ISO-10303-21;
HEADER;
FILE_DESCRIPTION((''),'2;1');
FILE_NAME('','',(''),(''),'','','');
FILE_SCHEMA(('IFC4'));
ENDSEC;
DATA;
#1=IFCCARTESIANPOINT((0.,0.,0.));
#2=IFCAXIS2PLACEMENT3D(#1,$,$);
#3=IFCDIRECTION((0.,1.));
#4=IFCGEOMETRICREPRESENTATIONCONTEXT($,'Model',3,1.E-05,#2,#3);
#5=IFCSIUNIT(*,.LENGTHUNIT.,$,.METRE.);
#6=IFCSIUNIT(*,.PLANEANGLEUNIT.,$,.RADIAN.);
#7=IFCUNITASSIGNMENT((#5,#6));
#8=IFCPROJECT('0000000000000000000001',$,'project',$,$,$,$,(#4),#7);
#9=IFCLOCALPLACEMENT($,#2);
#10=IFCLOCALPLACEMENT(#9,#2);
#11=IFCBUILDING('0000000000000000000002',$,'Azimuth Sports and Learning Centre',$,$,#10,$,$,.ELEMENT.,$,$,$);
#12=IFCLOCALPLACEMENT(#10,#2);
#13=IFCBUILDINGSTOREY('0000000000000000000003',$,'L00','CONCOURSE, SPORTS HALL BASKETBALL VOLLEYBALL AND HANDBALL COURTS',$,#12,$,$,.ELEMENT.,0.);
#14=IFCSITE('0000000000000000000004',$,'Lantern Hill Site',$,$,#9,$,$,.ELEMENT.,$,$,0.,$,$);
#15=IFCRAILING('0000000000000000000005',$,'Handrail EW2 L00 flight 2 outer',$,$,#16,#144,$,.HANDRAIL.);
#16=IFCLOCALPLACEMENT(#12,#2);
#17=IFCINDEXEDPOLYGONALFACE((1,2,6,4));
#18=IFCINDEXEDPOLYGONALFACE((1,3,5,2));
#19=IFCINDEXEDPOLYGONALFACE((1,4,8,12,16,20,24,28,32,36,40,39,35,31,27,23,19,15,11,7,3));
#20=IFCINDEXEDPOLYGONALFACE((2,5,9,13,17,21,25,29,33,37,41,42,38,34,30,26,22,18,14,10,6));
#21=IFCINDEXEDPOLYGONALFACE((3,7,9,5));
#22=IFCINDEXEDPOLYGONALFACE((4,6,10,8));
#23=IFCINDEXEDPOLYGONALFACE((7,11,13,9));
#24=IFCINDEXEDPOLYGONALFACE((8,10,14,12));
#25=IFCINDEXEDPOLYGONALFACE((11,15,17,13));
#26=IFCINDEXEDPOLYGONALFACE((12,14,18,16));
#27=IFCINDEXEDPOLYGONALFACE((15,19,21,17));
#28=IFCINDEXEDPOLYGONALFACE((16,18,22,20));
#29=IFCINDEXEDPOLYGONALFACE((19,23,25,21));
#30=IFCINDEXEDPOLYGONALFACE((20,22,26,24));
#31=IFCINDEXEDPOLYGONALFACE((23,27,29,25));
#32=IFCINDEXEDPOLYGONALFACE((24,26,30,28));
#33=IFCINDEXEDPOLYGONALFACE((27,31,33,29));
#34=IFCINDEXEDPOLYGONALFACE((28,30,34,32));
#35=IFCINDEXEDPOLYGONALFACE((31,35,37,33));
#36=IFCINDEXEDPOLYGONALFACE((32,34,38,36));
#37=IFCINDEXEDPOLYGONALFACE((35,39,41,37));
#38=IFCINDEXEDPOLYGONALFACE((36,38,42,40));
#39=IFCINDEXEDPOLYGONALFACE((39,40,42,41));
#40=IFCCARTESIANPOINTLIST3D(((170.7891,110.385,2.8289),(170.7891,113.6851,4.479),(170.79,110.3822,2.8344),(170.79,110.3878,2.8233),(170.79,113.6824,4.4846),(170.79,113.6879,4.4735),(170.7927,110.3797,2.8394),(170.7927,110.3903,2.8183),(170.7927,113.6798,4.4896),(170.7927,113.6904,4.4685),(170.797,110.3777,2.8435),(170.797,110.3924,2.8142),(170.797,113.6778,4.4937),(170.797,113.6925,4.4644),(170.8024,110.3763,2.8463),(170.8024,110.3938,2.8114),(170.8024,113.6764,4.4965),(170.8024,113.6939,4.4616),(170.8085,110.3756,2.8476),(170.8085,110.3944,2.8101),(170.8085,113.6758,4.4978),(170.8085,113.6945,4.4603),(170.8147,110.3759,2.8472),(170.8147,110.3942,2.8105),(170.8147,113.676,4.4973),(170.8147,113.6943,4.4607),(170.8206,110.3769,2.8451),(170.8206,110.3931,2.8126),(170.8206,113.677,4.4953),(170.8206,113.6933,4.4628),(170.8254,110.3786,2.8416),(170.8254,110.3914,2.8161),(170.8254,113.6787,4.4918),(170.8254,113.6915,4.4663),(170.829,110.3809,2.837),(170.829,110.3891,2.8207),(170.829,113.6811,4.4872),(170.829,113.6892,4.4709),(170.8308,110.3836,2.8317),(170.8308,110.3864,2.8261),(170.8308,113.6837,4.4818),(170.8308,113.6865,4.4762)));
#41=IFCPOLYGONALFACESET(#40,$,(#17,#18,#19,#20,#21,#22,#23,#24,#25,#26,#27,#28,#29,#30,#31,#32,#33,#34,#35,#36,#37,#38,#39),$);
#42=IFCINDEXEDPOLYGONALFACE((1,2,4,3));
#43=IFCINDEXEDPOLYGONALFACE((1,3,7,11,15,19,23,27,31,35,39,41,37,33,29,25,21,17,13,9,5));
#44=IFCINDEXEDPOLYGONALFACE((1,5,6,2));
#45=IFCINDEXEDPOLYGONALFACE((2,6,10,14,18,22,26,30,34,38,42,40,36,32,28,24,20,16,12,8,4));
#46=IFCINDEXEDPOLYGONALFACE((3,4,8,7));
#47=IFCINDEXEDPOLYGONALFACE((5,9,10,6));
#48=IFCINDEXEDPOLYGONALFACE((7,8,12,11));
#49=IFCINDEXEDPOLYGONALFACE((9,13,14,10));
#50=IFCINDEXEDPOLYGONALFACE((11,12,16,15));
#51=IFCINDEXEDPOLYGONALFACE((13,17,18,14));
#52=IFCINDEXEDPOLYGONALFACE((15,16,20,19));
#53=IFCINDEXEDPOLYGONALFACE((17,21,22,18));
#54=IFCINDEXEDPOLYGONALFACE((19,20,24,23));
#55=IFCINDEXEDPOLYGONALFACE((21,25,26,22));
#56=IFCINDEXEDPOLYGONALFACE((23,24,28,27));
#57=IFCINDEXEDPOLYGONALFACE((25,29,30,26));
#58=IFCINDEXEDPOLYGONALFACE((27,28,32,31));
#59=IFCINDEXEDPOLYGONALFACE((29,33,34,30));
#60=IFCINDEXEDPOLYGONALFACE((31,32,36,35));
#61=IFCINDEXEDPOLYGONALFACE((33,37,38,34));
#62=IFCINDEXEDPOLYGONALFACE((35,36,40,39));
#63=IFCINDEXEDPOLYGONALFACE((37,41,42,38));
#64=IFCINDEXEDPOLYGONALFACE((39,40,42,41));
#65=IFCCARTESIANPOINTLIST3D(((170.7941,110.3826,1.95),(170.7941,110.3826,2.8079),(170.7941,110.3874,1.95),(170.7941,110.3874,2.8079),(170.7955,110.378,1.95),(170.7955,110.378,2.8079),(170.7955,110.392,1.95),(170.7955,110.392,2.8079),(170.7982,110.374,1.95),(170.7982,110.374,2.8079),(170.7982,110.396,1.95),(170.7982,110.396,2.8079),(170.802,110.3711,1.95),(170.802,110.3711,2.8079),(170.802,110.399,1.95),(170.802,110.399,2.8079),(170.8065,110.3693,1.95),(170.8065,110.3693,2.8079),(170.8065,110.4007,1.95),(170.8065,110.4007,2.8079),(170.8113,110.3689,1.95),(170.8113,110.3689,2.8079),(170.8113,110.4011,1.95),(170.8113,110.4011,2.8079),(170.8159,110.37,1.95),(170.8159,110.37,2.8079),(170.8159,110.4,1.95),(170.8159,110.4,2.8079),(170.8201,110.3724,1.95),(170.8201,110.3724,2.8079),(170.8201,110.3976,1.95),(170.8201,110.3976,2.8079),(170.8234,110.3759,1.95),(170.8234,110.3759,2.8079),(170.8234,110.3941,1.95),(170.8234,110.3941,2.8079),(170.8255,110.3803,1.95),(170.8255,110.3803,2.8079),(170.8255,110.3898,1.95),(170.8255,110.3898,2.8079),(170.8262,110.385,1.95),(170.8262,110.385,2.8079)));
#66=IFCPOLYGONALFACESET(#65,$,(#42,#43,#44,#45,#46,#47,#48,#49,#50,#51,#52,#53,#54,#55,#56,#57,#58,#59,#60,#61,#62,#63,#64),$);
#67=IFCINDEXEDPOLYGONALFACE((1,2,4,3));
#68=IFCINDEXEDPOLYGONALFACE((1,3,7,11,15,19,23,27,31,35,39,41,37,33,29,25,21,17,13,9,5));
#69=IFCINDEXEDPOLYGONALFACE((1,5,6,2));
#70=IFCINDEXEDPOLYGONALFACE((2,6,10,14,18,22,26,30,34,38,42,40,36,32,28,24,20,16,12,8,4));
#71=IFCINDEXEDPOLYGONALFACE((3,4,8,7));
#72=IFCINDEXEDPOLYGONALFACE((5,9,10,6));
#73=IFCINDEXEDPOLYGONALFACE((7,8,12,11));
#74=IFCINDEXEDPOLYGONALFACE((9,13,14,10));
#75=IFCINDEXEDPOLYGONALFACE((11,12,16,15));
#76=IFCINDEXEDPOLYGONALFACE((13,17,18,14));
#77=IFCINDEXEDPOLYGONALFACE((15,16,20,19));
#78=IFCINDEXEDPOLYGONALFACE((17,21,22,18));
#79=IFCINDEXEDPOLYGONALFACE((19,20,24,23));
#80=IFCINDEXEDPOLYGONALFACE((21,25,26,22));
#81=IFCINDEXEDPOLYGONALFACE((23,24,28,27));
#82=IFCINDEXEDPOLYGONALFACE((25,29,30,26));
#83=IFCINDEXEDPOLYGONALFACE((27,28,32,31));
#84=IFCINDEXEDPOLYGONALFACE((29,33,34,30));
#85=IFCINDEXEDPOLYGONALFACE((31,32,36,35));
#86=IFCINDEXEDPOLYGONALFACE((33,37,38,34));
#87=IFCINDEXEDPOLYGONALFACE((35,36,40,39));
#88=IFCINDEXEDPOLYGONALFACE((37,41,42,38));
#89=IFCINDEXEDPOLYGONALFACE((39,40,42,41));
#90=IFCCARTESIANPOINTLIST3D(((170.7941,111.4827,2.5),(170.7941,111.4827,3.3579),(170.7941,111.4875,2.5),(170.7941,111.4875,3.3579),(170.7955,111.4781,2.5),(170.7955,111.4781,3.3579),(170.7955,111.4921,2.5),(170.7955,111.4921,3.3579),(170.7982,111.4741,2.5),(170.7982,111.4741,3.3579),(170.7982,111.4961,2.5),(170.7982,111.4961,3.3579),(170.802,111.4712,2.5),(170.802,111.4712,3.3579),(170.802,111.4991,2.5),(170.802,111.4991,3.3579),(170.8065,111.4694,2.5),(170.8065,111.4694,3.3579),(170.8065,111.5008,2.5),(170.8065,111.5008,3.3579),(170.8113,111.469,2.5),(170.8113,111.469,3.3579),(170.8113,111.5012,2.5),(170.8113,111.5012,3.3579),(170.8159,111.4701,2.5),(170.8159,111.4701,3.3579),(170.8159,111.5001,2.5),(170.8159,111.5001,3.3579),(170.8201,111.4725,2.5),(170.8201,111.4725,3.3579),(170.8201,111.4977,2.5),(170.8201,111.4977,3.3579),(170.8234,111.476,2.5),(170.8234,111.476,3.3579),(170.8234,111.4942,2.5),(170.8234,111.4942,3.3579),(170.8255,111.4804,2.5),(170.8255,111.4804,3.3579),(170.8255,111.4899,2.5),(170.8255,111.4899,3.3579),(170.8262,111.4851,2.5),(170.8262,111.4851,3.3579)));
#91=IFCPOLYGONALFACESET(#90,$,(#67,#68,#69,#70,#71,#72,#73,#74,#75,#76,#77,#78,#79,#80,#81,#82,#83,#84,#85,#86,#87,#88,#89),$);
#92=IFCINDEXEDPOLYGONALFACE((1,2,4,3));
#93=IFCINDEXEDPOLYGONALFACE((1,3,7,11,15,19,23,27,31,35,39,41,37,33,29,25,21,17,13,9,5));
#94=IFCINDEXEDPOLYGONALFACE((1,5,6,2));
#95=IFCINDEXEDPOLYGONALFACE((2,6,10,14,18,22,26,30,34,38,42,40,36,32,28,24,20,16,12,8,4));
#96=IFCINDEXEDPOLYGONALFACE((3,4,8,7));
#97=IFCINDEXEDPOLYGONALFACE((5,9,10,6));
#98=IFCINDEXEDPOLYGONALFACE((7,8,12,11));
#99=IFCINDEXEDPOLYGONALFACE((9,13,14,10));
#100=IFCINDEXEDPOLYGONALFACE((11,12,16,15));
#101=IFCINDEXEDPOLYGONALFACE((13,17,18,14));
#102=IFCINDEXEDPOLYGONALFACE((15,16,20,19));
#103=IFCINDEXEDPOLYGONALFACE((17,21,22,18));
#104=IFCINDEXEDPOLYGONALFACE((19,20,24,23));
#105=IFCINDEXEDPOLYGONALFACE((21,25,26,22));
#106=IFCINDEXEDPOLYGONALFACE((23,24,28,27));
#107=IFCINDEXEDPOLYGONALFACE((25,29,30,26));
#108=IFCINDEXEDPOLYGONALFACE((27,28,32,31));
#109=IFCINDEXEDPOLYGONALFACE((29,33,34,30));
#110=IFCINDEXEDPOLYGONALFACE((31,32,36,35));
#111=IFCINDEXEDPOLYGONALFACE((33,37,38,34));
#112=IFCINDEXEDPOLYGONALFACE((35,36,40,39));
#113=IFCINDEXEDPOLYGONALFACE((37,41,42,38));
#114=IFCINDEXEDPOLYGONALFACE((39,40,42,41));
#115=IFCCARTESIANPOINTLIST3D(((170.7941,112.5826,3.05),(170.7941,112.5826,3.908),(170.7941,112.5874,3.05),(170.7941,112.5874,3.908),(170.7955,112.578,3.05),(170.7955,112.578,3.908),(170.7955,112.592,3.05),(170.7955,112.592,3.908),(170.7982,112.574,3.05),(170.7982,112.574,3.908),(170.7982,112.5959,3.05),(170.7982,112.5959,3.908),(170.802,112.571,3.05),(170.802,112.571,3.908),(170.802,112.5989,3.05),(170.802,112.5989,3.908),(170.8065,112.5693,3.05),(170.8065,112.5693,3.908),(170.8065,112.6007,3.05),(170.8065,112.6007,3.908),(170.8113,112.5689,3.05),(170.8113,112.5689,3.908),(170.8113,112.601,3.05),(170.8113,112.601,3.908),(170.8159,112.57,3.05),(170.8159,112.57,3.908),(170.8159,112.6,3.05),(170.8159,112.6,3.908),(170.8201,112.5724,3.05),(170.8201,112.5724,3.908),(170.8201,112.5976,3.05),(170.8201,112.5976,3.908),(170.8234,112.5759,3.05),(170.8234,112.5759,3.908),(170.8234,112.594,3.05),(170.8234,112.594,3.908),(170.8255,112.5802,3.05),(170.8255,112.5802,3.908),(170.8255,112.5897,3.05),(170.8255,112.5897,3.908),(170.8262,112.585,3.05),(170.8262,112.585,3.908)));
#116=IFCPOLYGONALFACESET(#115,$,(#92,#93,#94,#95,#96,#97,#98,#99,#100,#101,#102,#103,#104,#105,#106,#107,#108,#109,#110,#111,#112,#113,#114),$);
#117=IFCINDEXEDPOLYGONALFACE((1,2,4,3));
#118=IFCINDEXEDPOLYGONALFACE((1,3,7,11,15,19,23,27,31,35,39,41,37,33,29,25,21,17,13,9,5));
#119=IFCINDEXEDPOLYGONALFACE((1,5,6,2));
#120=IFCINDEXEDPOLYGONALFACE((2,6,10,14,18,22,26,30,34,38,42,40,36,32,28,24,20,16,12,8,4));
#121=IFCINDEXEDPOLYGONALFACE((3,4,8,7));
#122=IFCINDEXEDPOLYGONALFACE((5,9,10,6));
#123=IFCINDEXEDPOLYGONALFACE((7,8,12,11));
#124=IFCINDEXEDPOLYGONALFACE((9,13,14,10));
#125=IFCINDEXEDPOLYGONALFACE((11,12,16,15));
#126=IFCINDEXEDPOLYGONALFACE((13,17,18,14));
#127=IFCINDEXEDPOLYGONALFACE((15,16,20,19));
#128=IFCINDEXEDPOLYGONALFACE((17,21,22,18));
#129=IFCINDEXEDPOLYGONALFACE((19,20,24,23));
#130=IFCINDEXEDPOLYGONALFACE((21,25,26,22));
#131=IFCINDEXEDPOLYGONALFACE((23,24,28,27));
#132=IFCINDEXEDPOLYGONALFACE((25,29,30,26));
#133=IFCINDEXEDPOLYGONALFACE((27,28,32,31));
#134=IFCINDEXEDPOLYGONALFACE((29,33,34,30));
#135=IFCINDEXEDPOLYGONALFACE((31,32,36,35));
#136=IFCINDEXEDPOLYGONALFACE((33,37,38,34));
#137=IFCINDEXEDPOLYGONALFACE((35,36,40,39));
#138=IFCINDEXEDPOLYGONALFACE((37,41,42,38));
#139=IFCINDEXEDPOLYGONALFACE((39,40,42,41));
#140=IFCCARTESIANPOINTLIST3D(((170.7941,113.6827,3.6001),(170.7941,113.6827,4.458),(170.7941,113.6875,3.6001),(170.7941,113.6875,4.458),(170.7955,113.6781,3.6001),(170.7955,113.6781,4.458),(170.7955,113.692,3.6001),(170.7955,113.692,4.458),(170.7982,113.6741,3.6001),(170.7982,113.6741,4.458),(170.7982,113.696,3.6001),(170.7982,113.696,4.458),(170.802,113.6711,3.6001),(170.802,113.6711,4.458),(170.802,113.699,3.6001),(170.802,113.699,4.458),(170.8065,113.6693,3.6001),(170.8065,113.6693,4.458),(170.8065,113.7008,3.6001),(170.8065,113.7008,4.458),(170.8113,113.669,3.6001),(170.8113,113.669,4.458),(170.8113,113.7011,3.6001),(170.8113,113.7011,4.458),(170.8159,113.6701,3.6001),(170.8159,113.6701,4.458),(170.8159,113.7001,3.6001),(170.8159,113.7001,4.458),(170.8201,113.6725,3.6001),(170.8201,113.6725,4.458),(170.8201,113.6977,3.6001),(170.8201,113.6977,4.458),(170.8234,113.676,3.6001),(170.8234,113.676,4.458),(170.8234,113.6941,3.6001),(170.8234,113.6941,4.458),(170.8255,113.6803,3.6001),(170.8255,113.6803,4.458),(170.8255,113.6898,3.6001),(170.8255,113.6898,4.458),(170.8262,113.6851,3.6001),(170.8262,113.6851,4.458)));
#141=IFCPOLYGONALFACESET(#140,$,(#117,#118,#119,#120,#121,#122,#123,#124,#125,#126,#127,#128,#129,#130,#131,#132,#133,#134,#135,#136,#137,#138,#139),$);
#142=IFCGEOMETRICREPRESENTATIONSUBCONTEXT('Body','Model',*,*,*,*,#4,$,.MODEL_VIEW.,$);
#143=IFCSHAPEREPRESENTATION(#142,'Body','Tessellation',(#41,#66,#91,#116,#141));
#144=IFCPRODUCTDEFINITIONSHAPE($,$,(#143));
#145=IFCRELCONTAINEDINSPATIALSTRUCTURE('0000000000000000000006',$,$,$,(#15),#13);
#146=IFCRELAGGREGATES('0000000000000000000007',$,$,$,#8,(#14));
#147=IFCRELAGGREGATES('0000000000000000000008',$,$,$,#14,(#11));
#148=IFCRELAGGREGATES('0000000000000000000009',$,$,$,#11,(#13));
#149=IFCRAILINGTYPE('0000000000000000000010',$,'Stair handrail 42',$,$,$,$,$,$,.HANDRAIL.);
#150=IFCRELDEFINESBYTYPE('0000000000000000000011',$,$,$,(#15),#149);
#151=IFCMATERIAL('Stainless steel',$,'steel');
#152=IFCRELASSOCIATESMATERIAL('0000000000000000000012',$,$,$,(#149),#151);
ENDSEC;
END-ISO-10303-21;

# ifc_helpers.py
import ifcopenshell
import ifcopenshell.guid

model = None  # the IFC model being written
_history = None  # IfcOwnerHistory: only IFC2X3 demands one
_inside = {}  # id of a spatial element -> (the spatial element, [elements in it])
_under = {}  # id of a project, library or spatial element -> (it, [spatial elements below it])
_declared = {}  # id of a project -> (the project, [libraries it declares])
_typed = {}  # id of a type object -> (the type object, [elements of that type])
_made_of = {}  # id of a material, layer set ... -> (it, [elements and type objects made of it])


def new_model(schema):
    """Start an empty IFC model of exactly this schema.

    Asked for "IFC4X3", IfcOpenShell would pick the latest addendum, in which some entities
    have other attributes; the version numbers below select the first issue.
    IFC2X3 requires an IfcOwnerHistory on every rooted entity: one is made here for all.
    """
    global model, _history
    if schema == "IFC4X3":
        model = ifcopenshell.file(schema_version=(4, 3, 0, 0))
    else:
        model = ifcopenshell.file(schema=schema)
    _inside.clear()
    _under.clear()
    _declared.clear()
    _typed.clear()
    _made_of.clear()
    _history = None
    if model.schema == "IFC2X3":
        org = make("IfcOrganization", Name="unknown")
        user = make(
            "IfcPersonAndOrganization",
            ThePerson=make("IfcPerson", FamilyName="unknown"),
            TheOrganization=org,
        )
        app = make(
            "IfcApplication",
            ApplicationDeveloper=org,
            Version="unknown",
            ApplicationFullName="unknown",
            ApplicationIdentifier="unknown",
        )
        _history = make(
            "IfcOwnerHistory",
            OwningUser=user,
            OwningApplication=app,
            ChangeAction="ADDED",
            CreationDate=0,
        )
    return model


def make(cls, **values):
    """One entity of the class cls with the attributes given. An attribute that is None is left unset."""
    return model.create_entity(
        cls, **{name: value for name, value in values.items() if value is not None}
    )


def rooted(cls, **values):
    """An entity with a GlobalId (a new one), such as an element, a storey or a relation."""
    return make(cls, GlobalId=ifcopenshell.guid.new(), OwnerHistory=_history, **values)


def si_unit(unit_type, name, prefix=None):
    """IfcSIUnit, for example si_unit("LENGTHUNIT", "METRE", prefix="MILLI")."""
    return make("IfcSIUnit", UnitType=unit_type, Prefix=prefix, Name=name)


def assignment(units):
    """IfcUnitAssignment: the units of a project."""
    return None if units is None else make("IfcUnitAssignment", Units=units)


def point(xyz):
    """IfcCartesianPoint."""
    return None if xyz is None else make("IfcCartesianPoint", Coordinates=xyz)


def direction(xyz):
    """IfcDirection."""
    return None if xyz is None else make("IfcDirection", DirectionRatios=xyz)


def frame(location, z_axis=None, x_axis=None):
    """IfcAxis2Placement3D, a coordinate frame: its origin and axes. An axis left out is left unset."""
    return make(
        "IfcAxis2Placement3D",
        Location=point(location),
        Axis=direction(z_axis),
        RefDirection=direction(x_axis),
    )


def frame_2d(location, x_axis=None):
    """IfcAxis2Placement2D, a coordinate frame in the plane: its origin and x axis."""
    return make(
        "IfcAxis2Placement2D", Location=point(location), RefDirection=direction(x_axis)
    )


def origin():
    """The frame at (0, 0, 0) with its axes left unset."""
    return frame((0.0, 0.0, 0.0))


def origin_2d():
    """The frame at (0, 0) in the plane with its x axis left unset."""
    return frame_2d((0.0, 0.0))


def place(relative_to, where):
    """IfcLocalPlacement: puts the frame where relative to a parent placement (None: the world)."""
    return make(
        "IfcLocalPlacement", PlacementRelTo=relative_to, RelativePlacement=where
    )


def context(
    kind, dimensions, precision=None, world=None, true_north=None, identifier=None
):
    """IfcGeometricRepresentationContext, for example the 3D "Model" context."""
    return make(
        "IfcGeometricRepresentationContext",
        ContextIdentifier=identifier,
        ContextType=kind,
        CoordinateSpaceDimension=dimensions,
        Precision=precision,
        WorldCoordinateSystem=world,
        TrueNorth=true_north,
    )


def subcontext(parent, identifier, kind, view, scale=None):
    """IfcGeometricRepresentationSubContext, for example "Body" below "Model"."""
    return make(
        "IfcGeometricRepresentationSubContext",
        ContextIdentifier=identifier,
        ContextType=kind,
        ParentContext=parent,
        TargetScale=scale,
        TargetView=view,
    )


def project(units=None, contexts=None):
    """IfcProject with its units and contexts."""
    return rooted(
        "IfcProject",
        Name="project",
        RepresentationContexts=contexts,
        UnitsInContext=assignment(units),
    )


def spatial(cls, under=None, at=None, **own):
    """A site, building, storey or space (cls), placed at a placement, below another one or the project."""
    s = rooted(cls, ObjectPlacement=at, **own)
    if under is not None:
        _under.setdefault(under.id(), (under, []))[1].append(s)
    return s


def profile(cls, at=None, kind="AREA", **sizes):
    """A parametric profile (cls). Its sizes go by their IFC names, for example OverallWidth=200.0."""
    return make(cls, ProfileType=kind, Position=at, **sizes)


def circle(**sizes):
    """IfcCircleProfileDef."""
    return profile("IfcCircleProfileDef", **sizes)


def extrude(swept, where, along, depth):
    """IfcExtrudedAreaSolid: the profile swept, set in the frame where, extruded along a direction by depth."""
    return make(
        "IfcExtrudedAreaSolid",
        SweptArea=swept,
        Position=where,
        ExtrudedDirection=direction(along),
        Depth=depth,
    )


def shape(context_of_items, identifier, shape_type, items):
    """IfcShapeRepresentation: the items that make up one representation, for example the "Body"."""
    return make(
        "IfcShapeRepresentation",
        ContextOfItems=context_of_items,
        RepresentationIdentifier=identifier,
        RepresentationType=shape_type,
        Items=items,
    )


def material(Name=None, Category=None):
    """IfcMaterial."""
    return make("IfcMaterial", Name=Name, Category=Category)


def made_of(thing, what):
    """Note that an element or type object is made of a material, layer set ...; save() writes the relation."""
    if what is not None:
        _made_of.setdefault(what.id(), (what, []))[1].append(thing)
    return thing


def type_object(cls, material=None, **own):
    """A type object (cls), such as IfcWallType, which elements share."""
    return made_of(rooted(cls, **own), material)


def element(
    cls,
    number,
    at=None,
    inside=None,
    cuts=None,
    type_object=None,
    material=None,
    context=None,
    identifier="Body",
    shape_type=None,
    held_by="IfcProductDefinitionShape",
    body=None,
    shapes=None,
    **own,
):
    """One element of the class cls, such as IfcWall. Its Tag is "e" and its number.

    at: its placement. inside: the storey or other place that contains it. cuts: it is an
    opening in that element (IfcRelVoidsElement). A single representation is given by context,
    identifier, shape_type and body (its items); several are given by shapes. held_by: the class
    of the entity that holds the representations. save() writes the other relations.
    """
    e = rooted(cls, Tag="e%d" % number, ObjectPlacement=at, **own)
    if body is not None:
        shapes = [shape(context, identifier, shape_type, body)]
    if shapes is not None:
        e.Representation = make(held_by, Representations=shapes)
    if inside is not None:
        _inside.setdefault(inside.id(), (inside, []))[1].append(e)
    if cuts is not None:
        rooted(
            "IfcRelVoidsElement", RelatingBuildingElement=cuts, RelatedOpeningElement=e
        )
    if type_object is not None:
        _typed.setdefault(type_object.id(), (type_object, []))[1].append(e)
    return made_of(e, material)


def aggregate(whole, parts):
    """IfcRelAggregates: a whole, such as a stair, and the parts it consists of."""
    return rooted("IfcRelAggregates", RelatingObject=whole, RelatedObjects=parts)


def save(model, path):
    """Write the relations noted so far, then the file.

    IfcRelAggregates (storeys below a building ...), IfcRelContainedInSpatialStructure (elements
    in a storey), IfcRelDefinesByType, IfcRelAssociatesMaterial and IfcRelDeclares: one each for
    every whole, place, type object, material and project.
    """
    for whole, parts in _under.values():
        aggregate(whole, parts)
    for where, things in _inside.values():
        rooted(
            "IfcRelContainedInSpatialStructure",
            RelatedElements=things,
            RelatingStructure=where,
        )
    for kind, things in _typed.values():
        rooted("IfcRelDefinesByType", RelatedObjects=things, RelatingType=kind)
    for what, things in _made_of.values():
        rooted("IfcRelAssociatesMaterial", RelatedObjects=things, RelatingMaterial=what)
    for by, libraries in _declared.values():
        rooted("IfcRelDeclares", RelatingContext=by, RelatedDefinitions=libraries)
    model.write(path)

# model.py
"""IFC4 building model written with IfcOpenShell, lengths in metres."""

from ifc_helpers import new_model, si_unit, direction, frame, origin, origin_2d, place, context, subcontext, project, spatial, circle, extrude, material, type_object, element, save


model = new_model("IFC4")

# Units and contexts
model_context = context("Model", 3, precision=1e-05, world=origin(), true_north=direction((0.0, 1.0)))
body_context = subcontext(model_context, "Body", "Model", "MODEL_VIEW")
ifc_project = project(units=[si_unit("LENGTHUNIT", "METRE"), si_unit("PLANEANGLEUNIT", "RADIAN")], contexts=[model_context])

# Site, building, storey
site_placement = place(None, origin())
site = spatial("IfcSite", under=ifc_project, at=site_placement, Name="Lantern Hill Site", CompositionType="ELEMENT", RefElevation=0.0)
building_placement = place(site_placement, origin())
building = spatial("IfcBuilding", under=site, at=building_placement, Name="Azimuth Sports and Learning Centre", CompositionType="ELEMENT")
storey_placement = place(building_placement, origin())
storey = spatial("IfcBuildingStorey", under=building, at=storey_placement, Name="L00", Description="CONCOURSE, SPORTS HALL BASKETBALL VOLLEYBALL AND HANDBALL COURTS", CompositionType="ELEMENT", Elevation=0.0)

# Railing
ifc_material_1 = material(Name="Stainless steel", Category="steel")
railing_type = type_object("IfcRailingType", Name="Stair handrail 42", PredefinedType="HANDRAIL", material=ifc_material_1)
for number, where, name in (
    (1, (170.8101, 110.385, 1.95), "Handrail EW2 L00 flight 2 outer"),
):
    element("IfcRailing", number, at=place(storey_placement, frame(where)), inside=storey, type_object=railing_type, Name=name, PredefinedType="HANDRAIL", context=body_context, shape_type="SweptSolid", body=[
        extrude(circle(Radius=0.021, at=origin_2d()), frame((0.0, 0.0, 0.8789), z_axis=(0.0, 0.894414, 0.44724), x_axis=(-1.0, 0.0, 0.0)), (0.0, 0.0, 1.0), 3.6897),
        extrude(circle(Radius=0.0161, at=origin_2d()), origin(), (0.0, 0.0, 1.0), 0.8579),
        extrude(circle(Radius=0.0161, at=origin_2d()), frame((0.0, 1.1001, 0.55)), (0.0, 0.0, 1.0), 0.8579),
        extrude(circle(Radius=0.0161, at=origin_2d()), frame((0.0, 2.2, 1.1001)), (0.0, 0.0, 1.0), 0.8579),
        extrude(circle(Radius=0.0161, at=origin_2d()), frame((0.0, 3.3, 1.6501)), (0.0, 0.0, 1.0), 0.8579),
    ])

save(model, "model.ifc")
